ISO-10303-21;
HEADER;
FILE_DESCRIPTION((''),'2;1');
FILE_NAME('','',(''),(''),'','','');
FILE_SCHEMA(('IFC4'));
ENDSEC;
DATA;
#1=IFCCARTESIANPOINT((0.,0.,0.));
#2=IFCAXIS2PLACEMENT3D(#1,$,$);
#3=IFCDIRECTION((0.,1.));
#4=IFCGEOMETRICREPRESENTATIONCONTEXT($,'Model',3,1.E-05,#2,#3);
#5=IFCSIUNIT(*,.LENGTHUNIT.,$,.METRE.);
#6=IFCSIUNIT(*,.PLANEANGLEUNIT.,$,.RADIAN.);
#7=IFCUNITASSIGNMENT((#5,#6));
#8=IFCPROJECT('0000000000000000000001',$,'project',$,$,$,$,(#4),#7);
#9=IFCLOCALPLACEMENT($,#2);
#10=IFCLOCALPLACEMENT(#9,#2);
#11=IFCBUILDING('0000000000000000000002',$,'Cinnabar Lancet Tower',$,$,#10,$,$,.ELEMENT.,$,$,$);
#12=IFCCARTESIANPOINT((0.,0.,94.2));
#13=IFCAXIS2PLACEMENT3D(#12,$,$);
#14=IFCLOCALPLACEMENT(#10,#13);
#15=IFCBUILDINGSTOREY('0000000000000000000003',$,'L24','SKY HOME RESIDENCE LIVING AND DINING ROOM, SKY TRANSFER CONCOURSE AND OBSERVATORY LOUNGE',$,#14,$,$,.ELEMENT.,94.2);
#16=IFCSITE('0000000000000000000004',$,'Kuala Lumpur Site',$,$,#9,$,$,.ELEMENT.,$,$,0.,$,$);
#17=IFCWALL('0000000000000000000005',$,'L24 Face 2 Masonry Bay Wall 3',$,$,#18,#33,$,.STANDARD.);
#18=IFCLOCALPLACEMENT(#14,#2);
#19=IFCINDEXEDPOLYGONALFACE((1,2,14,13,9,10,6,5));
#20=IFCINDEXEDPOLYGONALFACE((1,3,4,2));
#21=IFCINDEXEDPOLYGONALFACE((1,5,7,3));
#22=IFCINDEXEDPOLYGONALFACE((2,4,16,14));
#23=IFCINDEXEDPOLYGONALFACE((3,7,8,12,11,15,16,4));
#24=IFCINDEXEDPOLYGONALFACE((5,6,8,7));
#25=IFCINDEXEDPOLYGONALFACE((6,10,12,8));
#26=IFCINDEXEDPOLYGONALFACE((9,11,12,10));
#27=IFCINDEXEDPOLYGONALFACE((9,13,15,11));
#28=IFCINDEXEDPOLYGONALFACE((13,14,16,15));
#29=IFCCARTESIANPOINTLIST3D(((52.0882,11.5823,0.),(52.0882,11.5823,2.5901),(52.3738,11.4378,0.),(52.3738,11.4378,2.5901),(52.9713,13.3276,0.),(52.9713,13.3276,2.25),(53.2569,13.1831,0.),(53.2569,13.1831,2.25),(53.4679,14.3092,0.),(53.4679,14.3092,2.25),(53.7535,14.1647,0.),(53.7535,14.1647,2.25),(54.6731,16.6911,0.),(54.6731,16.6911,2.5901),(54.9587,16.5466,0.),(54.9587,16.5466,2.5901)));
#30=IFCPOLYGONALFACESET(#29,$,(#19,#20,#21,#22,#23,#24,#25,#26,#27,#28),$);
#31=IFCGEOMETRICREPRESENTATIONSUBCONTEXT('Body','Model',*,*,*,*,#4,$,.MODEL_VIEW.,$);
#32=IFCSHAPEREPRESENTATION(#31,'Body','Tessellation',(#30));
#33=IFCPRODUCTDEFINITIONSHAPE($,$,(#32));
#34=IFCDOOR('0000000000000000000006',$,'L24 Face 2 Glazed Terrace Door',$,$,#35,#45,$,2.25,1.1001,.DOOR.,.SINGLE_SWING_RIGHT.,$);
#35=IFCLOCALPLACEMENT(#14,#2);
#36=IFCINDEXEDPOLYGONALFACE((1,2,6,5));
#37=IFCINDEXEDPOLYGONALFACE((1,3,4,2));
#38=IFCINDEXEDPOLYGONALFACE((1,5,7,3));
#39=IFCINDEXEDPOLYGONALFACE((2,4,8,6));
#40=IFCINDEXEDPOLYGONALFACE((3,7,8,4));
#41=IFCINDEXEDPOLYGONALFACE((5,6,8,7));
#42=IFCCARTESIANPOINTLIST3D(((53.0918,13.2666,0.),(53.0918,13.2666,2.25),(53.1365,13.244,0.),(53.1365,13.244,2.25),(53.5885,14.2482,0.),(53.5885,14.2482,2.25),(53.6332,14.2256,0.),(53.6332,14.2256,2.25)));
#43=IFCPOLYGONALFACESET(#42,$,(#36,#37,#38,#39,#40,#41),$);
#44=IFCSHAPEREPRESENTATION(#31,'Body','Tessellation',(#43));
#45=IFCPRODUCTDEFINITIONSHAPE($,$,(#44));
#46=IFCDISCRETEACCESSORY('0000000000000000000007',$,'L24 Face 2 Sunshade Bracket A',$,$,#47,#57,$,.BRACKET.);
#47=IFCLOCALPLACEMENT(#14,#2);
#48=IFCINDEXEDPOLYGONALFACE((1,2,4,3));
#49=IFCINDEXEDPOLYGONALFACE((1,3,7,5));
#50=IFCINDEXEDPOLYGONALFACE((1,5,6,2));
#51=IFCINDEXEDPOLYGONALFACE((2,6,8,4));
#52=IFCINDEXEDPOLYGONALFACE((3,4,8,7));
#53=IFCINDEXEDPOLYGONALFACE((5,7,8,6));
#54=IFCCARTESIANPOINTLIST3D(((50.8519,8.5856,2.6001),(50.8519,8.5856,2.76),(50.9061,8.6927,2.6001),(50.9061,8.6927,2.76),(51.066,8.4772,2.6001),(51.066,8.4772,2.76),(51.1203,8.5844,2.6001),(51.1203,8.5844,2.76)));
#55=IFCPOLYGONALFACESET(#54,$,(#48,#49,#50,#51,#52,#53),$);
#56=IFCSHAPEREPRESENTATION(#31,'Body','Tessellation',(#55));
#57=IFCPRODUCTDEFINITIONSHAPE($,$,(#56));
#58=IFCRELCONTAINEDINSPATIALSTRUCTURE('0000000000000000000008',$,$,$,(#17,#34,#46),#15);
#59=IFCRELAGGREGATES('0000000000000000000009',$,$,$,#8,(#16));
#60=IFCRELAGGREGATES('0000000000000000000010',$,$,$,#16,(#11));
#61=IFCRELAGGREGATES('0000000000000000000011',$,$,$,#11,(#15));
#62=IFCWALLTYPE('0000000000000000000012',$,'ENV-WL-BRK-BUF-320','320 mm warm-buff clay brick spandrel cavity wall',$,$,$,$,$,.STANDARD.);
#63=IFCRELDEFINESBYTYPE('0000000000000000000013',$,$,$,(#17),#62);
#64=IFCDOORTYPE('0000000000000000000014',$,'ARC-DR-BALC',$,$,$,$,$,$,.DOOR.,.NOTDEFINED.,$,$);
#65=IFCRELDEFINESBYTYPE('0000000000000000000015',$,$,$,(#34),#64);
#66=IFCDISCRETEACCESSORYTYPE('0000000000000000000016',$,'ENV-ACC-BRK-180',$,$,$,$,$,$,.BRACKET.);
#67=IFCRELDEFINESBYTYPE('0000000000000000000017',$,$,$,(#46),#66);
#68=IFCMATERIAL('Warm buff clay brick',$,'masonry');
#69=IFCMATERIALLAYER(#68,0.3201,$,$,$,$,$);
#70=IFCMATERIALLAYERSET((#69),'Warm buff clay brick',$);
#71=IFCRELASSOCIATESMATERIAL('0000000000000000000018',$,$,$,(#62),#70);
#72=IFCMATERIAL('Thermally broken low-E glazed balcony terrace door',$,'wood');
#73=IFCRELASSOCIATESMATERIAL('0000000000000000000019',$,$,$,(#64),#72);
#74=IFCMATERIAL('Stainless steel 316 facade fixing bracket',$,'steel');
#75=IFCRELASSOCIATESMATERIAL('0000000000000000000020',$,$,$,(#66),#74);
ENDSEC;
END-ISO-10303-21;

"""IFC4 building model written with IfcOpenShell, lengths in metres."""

from ifc_helpers import new_model, si_unit, direction, frame, frame_2d, origin, origin_2d, place, context, subcontext, project, spatial, rectangle, extrude, material, layer, layer_set, type_object, element, fill, save


model = new_model("IFC4")

# Units and contexts
model_context = context("Model", 3, precision=1e-05, world=origin(), true_north=direction((0.0, 1.0)))
body_context = subcontext(model_context, "Body", "Model", "MODEL_VIEW")
ifc_project = project(units=[si_unit("LENGTHUNIT", "METRE"), si_unit("PLANEANGLEUNIT", "RADIAN")], contexts=[model_context])

# Site, building, storey
site_placement = place(None, origin())
site = spatial("IfcSite", under=ifc_project, at=site_placement, Name="Kuala Lumpur Site", CompositionType="ELEMENT", RefElevation=0.0)
building_placement = place(site_placement, origin())
building = spatial("IfcBuilding", under=site, at=building_placement, Name="Cinnabar Lancet Tower", CompositionType="ELEMENT")
storey_placement = place(building_placement, frame((0.0, 0.0, 94.2)))
storey = spatial("IfcBuildingStorey", under=building, at=storey_placement, Name="L24", Description="SKY HOME RESIDENCE LIVING AND DINING ROOM, SKY TRANSFER CONCOURSE AND OBSERVATORY LOUNGE", CompositionType="ELEMENT", Elevation=94.2)

# Shared definitions
ifc_material_1 = material(Name="Warm buff clay brick", Category="masonry")
ifc_layer_1 = layer(ifc_material_1, 0.3201)
ifc_layer_set_1 = layer_set([ifc_layer_1], Name="Warm buff clay brick")
wall_type_1 = type_object("IfcWallType", Name="ENV-WL-BRK-BUF-320", Description="320 mm warm-buff clay brick spandrel cavity wall", PredefinedType="STANDARD", material=ifc_layer_set_1)

# Wall, opening, door
wall_1_placement = place(storey_placement, frame((52.231, 11.51, 0.0), z_axis=(0.0, 0.0, 1.0), x_axis=(0.451473, 0.892285, 0.0)))
wall_1 = element("IfcWall", 1, at=wall_1_placement, inside=storey, type_object=wall_type_1, Name="L24 Face 2 Masonry Bay Wall 3", PredefinedType="STANDARD", context=body_context, shape_type="SweptSolid", body=[
    extrude(rectangle(XDim=5.7256, YDim=0.3201, at=frame_2d((2.8628, 0.0))), origin(), (0.0, 0.0, 1.0), 2.5901),
])
opening_1_placement = place(wall_1_placement, frame((1.9561, 0.0, 0.0)))
opening_1 = element("IfcOpeningElement", 2, at=opening_1_placement, cuts=wall_1, PredefinedType="OPENING", context=body_context, shape_type="SweptSolid", body=[
    extrude(rectangle(XDim=1.1001, YDim=2.25, at=frame_2d((0.55, 1.125))), frame((0.0, 0.1699, 0.0), z_axis=(0.0, -1.0, 0.0), x_axis=(1.0, 0.0, 0.0)), (0.0, 0.0, 1.0), 0.3401),
])
ifc_material_2 = material(Name="Thermally broken low-E glazed balcony terrace door", Category="wood")
door_type = type_object("IfcDoorType", Name="ARC-DR-BALC", OperationType="NOTDEFINED", PredefinedType="DOOR", material=ifc_material_2)
door_placement = place(opening_1_placement, origin())
door = element("IfcDoor", 3, at=door_placement, inside=storey, type_object=door_type, Name="L24 Face 2 Glazed Terrace Door", OperationType="SINGLE_SWING_RIGHT", OverallHeight=2.25, OverallWidth=1.1001, PredefinedType="DOOR", context=body_context, shape_type="SweptSolid", body=[
    extrude(rectangle(XDim=1.1001, YDim=2.25, at=frame_2d((0.55, 1.125))), frame((0.0, 0.0249, 0.0), z_axis=(0.0, -1.0, 0.0), x_axis=(1.0, 0.0, 0.0)), (0.0, 0.0, 1.0), 0.05),
])
fill(opening_1, door)

# Discrete accessory
ifc_material_3 = material(Name="Stainless steel 316 facade fixing bracket", Category="steel")
discrete_accessory_type = type_object("IfcDiscreteAccessoryType", Name="ENV-ACC-BRK-180", PredefinedType="BRACKET", material=ifc_material_3)
discrete_accessory_placement = place(storey_placement, frame((50.9861, 8.585, 2.6001), z_axis=(0.0, 0.0, 1.0), x_axis=(0.451501, 0.892271, 0.0)))
element("IfcDiscreteAccessory", 4, at=discrete_accessory_placement, inside=storey, type_object=discrete_accessory_type, Name="L24 Face 2 Sunshade Bracket A", PredefinedType="BRACKET", context=body_context, shape_type="SweptSolid", body=[
    extrude(rectangle(XDim=0.1201, YDim=0.24, at=origin_2d()), origin(), (0.0, 0.0, 1.0), 0.1599),
])

save(model, "model.ifc")
